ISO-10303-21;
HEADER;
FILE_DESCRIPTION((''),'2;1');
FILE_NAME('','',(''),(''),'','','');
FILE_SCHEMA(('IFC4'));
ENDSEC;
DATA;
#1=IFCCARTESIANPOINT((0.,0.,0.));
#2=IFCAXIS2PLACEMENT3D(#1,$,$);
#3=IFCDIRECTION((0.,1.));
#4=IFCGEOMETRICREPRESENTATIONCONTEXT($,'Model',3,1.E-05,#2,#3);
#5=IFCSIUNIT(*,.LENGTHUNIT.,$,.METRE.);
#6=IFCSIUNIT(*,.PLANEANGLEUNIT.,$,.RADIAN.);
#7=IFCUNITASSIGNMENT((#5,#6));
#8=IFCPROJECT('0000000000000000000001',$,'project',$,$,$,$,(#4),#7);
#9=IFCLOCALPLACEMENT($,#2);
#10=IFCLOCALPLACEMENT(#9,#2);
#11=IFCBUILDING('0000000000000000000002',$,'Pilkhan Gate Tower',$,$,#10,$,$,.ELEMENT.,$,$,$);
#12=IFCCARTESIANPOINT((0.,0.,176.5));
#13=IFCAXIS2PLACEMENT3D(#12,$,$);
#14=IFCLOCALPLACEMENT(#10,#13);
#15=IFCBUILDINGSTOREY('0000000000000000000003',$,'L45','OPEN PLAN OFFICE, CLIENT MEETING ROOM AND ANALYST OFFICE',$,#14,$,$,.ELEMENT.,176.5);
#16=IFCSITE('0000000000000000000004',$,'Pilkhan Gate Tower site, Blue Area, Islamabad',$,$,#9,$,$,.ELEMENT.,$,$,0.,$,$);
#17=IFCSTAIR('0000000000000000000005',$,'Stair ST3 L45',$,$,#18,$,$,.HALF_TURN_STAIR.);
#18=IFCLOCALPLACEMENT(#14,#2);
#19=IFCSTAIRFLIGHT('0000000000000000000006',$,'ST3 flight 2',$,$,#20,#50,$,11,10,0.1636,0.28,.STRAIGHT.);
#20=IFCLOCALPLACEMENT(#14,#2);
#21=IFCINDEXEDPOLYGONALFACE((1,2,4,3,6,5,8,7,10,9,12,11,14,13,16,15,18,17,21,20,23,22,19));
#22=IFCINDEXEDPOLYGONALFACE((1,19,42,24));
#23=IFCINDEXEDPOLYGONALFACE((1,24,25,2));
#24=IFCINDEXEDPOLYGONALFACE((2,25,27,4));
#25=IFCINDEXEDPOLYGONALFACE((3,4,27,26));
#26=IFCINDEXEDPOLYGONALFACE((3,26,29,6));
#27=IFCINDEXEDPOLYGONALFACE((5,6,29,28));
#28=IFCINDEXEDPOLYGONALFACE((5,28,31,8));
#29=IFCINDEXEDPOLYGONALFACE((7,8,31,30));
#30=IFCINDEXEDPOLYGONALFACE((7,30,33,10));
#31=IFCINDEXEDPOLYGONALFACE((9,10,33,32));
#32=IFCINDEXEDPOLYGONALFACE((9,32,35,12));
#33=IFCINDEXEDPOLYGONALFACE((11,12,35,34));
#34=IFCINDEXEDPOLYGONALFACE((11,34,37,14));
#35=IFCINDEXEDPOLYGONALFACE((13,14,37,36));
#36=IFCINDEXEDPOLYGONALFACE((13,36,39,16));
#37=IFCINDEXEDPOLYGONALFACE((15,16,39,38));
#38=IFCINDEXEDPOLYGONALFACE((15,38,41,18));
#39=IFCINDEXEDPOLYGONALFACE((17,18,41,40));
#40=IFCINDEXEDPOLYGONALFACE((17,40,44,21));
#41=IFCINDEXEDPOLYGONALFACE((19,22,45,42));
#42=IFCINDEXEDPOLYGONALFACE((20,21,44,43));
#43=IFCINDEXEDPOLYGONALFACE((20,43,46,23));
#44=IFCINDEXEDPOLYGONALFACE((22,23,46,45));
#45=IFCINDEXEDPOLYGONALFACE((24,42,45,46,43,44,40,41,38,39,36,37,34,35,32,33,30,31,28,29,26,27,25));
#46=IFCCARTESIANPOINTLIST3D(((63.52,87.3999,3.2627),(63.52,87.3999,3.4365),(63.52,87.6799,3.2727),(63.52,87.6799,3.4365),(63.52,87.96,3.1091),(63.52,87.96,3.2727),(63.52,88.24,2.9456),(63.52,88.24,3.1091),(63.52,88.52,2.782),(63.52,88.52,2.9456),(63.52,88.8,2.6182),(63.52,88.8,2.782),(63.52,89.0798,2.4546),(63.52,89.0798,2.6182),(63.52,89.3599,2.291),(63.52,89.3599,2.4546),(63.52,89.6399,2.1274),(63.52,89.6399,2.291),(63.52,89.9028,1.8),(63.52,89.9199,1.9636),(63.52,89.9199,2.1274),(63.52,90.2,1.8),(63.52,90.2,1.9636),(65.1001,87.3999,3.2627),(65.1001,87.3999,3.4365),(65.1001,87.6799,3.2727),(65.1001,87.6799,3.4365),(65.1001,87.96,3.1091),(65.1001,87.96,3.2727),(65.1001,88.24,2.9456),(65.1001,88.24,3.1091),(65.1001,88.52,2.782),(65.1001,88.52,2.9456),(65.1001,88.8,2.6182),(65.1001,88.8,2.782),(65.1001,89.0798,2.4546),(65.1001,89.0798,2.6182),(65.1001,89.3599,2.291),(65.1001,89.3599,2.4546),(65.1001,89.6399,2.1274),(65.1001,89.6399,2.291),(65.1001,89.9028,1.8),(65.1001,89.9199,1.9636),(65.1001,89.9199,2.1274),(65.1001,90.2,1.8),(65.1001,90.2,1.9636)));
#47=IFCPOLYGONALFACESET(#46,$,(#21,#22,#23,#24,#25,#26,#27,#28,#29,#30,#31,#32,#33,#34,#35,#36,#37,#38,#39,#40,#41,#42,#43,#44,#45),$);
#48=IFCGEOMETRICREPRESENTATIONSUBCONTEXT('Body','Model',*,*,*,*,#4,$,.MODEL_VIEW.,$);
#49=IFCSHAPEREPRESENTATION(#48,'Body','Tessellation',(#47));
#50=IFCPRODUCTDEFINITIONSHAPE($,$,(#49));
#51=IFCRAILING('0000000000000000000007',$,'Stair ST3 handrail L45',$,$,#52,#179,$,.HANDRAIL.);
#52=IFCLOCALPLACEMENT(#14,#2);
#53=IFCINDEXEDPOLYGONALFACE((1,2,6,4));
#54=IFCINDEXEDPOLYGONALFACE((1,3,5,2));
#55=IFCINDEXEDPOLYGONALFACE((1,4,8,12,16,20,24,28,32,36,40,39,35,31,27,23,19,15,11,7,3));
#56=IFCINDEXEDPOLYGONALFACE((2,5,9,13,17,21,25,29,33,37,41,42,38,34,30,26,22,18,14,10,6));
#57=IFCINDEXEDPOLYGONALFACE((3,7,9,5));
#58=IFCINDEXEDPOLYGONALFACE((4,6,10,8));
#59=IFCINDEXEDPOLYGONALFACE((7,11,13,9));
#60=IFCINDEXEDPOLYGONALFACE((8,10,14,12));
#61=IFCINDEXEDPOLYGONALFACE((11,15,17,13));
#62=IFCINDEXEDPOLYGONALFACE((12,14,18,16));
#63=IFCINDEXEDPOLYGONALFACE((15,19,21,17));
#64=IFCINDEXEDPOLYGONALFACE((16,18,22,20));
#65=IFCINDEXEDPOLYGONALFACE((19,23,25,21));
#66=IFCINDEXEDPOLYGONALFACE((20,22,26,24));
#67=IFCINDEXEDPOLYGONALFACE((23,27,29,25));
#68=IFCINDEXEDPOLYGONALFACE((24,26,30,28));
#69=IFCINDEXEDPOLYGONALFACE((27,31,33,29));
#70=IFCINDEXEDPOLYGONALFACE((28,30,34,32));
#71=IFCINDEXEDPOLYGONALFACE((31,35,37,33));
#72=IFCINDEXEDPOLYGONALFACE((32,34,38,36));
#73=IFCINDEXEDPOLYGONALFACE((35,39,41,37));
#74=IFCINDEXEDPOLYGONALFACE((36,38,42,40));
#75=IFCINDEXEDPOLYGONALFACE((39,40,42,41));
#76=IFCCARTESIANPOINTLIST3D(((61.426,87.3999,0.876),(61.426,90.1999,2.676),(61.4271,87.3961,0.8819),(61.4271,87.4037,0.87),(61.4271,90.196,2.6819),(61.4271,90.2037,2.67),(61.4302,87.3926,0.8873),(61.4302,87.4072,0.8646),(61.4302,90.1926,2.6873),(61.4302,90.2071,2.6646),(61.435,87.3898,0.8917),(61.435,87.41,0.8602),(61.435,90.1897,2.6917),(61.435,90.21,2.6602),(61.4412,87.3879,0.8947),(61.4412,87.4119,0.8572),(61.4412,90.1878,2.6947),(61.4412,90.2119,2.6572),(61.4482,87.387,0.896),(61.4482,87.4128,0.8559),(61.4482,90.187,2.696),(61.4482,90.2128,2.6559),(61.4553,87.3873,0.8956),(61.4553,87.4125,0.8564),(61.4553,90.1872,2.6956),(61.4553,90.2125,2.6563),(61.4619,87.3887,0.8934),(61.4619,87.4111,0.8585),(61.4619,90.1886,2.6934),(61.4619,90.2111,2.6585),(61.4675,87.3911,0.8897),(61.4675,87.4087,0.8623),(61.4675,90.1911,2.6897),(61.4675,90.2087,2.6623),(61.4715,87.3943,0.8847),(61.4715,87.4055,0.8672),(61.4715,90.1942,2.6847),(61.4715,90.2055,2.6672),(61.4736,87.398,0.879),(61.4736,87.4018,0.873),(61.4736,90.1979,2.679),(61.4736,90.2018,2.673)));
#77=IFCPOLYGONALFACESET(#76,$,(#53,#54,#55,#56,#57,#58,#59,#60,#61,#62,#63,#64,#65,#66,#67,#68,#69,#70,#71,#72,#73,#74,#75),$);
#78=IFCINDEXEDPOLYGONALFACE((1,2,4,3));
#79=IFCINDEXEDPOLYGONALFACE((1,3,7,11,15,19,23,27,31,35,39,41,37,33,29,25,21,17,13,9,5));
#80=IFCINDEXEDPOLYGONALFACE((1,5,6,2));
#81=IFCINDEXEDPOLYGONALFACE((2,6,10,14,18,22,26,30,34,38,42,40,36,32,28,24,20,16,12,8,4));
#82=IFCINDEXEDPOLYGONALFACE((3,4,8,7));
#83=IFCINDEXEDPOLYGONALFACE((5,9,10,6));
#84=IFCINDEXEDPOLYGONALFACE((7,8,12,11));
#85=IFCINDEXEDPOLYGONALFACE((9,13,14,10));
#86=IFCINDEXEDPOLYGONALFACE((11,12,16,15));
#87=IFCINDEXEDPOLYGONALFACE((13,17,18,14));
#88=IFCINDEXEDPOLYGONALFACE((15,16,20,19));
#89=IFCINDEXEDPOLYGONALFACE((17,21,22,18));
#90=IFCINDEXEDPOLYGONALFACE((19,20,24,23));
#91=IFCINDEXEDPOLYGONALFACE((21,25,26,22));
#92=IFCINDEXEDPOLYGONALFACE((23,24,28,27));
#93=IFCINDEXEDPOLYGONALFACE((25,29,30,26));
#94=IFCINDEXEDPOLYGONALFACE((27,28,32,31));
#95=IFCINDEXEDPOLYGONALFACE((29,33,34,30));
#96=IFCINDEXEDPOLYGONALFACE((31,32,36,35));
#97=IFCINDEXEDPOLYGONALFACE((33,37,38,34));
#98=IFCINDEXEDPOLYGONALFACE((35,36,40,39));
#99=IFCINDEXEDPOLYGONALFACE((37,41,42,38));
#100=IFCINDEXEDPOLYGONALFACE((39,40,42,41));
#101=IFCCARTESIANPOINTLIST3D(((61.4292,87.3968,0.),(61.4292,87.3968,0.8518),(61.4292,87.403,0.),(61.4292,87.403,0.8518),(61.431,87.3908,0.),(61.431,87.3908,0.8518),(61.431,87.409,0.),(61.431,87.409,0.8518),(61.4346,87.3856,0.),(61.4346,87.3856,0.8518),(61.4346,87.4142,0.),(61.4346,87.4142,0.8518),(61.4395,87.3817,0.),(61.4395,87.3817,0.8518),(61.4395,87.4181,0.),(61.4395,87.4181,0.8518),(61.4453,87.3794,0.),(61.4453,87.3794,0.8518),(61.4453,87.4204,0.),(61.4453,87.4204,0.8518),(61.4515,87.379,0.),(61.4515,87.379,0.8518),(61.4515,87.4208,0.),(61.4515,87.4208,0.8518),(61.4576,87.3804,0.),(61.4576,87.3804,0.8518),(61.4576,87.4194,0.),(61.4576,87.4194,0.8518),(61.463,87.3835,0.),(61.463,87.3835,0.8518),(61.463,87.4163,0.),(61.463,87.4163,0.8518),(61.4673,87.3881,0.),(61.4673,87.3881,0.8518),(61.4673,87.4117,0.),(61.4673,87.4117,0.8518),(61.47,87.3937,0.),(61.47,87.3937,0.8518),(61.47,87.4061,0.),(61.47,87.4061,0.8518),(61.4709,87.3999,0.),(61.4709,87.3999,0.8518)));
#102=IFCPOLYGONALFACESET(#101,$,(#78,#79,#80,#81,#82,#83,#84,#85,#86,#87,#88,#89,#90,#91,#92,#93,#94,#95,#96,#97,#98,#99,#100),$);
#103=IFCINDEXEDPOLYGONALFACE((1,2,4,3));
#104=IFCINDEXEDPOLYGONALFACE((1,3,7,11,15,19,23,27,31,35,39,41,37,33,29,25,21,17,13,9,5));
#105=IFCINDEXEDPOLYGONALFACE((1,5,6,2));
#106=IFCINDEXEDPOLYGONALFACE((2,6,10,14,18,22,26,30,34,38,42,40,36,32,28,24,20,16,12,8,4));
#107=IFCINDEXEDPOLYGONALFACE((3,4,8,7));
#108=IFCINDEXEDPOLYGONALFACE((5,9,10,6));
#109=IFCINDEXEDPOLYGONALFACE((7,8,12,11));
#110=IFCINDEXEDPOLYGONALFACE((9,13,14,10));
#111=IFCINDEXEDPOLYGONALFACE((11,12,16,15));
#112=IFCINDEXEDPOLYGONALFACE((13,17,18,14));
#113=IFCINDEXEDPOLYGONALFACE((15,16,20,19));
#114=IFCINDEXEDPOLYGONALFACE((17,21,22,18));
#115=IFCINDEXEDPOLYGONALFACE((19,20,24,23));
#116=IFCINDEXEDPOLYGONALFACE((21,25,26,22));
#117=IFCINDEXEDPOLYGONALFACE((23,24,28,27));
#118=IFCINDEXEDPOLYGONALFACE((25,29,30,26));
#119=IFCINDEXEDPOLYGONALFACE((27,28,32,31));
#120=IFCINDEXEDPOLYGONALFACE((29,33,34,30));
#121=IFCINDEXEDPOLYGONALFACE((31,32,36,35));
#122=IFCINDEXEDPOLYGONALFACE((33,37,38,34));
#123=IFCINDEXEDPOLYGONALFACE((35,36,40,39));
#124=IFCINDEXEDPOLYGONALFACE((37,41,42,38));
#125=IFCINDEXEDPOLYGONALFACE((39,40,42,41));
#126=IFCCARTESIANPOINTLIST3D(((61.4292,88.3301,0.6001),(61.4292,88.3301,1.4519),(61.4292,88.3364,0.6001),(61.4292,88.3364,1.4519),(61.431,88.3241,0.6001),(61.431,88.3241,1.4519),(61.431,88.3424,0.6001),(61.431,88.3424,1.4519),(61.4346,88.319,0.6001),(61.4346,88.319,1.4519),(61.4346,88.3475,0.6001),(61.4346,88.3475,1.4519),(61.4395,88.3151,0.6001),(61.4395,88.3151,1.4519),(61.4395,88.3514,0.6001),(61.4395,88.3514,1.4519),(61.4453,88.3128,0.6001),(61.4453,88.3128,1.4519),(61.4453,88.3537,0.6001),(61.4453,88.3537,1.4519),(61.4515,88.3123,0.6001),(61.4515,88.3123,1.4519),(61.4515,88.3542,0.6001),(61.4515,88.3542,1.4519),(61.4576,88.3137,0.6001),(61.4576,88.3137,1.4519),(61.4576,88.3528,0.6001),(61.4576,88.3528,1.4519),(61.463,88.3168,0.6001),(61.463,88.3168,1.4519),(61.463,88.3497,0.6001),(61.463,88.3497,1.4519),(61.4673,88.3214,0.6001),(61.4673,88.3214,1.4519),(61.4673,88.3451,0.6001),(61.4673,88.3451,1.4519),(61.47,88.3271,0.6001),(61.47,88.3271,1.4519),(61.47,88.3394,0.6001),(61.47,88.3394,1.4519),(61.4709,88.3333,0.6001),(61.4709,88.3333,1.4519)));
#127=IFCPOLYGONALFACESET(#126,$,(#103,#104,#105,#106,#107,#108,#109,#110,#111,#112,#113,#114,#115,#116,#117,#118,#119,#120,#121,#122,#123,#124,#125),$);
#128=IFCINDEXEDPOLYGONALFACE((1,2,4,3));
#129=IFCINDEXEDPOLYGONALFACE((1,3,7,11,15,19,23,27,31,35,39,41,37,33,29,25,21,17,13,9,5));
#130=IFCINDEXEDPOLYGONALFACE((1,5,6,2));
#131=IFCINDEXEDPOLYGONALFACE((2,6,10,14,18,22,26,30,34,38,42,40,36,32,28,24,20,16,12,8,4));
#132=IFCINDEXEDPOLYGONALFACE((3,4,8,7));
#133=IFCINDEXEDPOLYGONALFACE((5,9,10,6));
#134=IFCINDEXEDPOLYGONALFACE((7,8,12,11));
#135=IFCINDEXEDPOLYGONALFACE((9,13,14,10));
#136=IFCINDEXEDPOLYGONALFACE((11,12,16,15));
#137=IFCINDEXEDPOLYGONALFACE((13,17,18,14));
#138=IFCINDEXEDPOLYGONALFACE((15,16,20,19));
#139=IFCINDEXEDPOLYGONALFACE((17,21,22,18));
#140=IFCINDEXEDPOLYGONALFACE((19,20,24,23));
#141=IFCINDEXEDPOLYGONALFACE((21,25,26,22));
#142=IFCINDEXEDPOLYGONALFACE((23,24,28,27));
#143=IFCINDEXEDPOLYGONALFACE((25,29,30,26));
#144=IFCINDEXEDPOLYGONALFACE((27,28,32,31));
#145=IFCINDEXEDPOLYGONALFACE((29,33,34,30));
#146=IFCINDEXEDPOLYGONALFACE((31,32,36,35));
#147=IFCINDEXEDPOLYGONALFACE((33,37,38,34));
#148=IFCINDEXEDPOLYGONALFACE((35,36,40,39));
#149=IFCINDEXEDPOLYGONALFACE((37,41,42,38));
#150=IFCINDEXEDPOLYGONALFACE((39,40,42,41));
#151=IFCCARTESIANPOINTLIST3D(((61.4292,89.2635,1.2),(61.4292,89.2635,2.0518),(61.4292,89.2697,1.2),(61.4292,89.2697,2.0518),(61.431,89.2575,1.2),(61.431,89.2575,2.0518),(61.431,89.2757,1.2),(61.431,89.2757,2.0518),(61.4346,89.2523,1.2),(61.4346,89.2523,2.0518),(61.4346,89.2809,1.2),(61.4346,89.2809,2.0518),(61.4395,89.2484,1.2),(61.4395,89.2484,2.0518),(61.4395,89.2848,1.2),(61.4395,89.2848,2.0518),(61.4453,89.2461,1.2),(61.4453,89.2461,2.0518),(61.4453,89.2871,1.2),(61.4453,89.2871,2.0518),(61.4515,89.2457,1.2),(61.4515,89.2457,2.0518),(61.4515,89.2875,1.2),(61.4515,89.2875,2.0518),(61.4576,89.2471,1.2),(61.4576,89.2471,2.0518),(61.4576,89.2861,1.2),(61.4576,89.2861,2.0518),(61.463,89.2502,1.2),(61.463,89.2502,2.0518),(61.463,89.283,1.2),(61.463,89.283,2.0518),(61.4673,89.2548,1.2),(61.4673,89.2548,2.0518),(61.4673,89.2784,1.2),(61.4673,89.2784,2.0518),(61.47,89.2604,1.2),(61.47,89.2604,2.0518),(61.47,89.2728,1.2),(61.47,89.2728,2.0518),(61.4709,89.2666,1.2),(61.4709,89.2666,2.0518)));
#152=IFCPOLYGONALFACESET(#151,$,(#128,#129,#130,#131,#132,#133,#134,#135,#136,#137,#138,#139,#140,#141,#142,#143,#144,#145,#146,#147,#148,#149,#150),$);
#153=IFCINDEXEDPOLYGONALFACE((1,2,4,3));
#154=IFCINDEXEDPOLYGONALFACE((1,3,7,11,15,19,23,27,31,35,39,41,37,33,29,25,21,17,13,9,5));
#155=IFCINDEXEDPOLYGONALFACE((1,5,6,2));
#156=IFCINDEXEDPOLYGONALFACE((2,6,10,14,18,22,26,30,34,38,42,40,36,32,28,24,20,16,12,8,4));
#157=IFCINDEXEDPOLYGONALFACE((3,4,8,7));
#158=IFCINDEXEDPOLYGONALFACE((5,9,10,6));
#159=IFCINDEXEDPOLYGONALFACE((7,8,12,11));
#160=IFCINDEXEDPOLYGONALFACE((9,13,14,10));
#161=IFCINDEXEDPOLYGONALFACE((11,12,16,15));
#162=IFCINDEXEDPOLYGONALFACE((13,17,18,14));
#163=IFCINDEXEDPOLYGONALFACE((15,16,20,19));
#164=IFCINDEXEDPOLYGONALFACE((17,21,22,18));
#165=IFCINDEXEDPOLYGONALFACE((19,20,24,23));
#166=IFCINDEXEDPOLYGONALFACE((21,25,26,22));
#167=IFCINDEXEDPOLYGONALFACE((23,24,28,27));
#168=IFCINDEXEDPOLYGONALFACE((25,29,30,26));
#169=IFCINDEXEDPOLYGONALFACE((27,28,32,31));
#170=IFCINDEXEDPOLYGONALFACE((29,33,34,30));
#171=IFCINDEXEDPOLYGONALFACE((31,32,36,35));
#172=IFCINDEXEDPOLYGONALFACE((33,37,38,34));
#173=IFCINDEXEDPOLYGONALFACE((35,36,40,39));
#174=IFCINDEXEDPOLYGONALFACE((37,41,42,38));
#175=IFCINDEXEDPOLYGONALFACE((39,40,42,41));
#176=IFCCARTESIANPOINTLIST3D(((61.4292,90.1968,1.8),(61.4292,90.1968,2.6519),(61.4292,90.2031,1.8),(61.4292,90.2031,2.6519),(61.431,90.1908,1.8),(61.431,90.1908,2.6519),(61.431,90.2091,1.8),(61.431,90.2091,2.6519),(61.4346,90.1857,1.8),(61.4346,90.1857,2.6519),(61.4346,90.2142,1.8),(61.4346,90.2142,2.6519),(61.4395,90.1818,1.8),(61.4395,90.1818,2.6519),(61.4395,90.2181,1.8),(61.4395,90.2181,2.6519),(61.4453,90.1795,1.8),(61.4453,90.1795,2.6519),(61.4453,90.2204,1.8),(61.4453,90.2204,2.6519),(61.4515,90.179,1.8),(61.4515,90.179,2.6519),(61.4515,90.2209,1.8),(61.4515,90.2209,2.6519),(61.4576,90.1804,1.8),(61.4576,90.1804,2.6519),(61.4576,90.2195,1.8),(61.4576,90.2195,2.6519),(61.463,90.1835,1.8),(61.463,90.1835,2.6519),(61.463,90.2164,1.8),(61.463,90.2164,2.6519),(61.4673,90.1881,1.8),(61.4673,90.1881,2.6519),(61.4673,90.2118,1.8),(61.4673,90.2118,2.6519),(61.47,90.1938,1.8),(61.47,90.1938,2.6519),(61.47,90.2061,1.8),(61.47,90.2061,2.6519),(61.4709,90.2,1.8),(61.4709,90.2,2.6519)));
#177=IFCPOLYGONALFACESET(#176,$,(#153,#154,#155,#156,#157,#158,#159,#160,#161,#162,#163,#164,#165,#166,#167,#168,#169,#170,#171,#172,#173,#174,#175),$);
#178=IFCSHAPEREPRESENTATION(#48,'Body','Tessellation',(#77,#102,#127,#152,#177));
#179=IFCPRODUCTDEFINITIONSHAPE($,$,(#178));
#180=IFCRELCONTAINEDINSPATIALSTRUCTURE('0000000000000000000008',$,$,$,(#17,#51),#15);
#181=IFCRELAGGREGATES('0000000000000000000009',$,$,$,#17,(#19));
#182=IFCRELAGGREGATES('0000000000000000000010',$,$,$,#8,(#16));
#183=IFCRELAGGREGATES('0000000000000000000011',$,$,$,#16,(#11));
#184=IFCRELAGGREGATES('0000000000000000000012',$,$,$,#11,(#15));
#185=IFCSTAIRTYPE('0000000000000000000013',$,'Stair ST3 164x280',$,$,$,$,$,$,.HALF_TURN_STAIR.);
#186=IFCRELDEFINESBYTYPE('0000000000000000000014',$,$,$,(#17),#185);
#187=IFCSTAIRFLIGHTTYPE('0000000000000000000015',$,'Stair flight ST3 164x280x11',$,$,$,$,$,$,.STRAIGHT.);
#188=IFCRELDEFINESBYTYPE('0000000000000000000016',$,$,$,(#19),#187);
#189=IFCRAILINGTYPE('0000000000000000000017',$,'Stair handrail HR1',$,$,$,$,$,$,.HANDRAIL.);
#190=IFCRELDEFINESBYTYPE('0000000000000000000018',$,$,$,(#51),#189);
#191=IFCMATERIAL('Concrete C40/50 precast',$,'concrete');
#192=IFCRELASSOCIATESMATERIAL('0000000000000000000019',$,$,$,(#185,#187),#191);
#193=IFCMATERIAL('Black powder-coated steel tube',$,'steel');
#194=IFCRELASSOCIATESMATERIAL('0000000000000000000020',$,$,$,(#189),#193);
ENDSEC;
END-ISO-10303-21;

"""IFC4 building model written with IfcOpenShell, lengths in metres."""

from ifc_helpers import new_model, si_unit, direction, frame, origin, origin_2d, place, context, subcontext, project, spatial, polyline, circle, outline, extrude, material, type_object, element, aggregate, save


model = new_model("IFC4")

# Units and contexts
model_context = context("Model", 3, precision=1e-05, world=origin(), true_north=direction((0.0, 1.0)))
body_context = subcontext(model_context, "Body", "Model", "MODEL_VIEW")
ifc_project = project(units=[si_unit("LENGTHUNIT", "METRE"), si_unit("PLANEANGLEUNIT", "RADIAN")], contexts=[model_context])

# Site, building, storey
site_placement = place(None, origin())
site = spatial("IfcSite", under=ifc_project, at=site_placement, Name="Pilkhan Gate Tower site, Blue Area, Islamabad", CompositionType="ELEMENT", RefElevation=0.0)
building_placement = place(site_placement, origin())
building = spatial("IfcBuilding", under=site, at=building_placement, Name="Pilkhan Gate Tower", CompositionType="ELEMENT")
storey_placement = place(building_placement, frame((0.0, 0.0, 176.5)))
storey = spatial("IfcBuildingStorey", under=building, at=storey_placement, Name="L45", Description="OPEN PLAN OFFICE, CLIENT MEETING ROOM AND ANALYST OFFICE", CompositionType="ELEMENT", Elevation=176.5)

# Stair, stair flight
ifc_material_1 = material(Name="Concrete C40/50 precast", Category="concrete")
stair_type = type_object("IfcStairType", Name="Stair ST3 164x280", PredefinedType="HALF_TURN_STAIR", material=ifc_material_1)
stair_placement = place(storey_placement, origin())
stair = element("IfcStair", 1, at=stair_placement, inside=storey, type_object=stair_type, Name="Stair ST3 L45", PredefinedType="HALF_TURN_STAIR")
stair_flight_type = type_object("IfcStairFlightType", Name="Stair flight ST3 164x280x11", PredefinedType="STRAIGHT", material=ifc_material_1)
stair_flight_1_placement = place(storey_placement, frame((64.3101, 90.2, 1.8), z_axis=(0.0, 0.0, 1.0), x_axis=(0.0, -1.0, 0.0)))
stair_flight_1 = element("IfcStairFlight", 2, at=stair_flight_1_placement, type_object=stair_flight_type, Name="ST3 flight 2", NumberOfRisers=11, NumberOfTreads=10, PredefinedType="STRAIGHT", RiserHeight=0.1636, TreadLength=0.28, context=body_context, shape_type="SweptSolid", body=[
    extrude(outline(polyline([(0.0, 0.0), (0.0, 0.1636), (0.28, 0.1636), (0.28, 0.3274), (0.5601, 0.3274), (0.5601, 0.491), (0.8401, 0.491), (0.8401, 0.6545), (1.1201, 0.6545), (1.1201, 0.8181), (1.3999, 0.8181), (1.3999, 0.9819), (1.6799, 0.9819), (1.6799, 1.1455), (1.96, 1.1455), (1.96, 1.3091), (2.24, 1.3091), (2.24, 1.4727), (2.52, 1.4727), (2.52, 1.6365), (2.8, 1.6365), (2.8, 1.8), (2.8, 1.4626), (0.2971, 0.0), (0.0, 0.0)])), frame((0.0, 0.79, 0.0), z_axis=(0.0, -1.0, 0.0), x_axis=(1.0, 0.0, 0.0)), (0.0, 0.0, 1.0), 1.5801),
])
aggregate(stair, [stair_flight_1])

# Railing
ifc_material_2 = material(Name="Black powder-coated steel tube", Category="steel")
railing_type_1 = type_object("IfcRailingType", Name="Stair handrail HR1", PredefinedType="HANDRAIL", material=ifc_material_2)
railing_1_placement = place(storey_placement, frame((61.45, 87.3999, 0.0)))
element("IfcRailing", 3, at=railing_1_placement, inside=storey, type_object=railing_type_1, Name="Stair ST3 handrail L45", PredefinedType="HANDRAIL", context=body_context, shape_type="SweptSolid", body=[
    extrude(circle(Radius=0.0239, at=origin_2d()), frame((0.0, 0.0, 0.876), z_axis=(0.0, 0.841176, 0.540761), x_axis=(-1.0, 0.0, 0.0)), (0.0, 0.0, 1.0), 3.3286),
    extrude(circle(Radius=0.021, at=origin_2d()), origin(), (0.0, 0.0, 1.0), 0.8518),
    extrude(circle(Radius=0.021, at=origin_2d()), frame((0.0, 0.9333, 0.6001)), (0.0, 0.0, 1.0), 0.8518),
    extrude(circle(Radius=0.021, at=origin_2d()), frame((0.0, 1.8667, 1.2)), (0.0, 0.0, 1.0), 0.8518),
    extrude(circle(Radius=0.021, at=origin_2d()), frame((0.0, 2.8, 1.8)), (0.0, 0.0, 1.0), 0.8518),
])

save(model, "model.ifc")
